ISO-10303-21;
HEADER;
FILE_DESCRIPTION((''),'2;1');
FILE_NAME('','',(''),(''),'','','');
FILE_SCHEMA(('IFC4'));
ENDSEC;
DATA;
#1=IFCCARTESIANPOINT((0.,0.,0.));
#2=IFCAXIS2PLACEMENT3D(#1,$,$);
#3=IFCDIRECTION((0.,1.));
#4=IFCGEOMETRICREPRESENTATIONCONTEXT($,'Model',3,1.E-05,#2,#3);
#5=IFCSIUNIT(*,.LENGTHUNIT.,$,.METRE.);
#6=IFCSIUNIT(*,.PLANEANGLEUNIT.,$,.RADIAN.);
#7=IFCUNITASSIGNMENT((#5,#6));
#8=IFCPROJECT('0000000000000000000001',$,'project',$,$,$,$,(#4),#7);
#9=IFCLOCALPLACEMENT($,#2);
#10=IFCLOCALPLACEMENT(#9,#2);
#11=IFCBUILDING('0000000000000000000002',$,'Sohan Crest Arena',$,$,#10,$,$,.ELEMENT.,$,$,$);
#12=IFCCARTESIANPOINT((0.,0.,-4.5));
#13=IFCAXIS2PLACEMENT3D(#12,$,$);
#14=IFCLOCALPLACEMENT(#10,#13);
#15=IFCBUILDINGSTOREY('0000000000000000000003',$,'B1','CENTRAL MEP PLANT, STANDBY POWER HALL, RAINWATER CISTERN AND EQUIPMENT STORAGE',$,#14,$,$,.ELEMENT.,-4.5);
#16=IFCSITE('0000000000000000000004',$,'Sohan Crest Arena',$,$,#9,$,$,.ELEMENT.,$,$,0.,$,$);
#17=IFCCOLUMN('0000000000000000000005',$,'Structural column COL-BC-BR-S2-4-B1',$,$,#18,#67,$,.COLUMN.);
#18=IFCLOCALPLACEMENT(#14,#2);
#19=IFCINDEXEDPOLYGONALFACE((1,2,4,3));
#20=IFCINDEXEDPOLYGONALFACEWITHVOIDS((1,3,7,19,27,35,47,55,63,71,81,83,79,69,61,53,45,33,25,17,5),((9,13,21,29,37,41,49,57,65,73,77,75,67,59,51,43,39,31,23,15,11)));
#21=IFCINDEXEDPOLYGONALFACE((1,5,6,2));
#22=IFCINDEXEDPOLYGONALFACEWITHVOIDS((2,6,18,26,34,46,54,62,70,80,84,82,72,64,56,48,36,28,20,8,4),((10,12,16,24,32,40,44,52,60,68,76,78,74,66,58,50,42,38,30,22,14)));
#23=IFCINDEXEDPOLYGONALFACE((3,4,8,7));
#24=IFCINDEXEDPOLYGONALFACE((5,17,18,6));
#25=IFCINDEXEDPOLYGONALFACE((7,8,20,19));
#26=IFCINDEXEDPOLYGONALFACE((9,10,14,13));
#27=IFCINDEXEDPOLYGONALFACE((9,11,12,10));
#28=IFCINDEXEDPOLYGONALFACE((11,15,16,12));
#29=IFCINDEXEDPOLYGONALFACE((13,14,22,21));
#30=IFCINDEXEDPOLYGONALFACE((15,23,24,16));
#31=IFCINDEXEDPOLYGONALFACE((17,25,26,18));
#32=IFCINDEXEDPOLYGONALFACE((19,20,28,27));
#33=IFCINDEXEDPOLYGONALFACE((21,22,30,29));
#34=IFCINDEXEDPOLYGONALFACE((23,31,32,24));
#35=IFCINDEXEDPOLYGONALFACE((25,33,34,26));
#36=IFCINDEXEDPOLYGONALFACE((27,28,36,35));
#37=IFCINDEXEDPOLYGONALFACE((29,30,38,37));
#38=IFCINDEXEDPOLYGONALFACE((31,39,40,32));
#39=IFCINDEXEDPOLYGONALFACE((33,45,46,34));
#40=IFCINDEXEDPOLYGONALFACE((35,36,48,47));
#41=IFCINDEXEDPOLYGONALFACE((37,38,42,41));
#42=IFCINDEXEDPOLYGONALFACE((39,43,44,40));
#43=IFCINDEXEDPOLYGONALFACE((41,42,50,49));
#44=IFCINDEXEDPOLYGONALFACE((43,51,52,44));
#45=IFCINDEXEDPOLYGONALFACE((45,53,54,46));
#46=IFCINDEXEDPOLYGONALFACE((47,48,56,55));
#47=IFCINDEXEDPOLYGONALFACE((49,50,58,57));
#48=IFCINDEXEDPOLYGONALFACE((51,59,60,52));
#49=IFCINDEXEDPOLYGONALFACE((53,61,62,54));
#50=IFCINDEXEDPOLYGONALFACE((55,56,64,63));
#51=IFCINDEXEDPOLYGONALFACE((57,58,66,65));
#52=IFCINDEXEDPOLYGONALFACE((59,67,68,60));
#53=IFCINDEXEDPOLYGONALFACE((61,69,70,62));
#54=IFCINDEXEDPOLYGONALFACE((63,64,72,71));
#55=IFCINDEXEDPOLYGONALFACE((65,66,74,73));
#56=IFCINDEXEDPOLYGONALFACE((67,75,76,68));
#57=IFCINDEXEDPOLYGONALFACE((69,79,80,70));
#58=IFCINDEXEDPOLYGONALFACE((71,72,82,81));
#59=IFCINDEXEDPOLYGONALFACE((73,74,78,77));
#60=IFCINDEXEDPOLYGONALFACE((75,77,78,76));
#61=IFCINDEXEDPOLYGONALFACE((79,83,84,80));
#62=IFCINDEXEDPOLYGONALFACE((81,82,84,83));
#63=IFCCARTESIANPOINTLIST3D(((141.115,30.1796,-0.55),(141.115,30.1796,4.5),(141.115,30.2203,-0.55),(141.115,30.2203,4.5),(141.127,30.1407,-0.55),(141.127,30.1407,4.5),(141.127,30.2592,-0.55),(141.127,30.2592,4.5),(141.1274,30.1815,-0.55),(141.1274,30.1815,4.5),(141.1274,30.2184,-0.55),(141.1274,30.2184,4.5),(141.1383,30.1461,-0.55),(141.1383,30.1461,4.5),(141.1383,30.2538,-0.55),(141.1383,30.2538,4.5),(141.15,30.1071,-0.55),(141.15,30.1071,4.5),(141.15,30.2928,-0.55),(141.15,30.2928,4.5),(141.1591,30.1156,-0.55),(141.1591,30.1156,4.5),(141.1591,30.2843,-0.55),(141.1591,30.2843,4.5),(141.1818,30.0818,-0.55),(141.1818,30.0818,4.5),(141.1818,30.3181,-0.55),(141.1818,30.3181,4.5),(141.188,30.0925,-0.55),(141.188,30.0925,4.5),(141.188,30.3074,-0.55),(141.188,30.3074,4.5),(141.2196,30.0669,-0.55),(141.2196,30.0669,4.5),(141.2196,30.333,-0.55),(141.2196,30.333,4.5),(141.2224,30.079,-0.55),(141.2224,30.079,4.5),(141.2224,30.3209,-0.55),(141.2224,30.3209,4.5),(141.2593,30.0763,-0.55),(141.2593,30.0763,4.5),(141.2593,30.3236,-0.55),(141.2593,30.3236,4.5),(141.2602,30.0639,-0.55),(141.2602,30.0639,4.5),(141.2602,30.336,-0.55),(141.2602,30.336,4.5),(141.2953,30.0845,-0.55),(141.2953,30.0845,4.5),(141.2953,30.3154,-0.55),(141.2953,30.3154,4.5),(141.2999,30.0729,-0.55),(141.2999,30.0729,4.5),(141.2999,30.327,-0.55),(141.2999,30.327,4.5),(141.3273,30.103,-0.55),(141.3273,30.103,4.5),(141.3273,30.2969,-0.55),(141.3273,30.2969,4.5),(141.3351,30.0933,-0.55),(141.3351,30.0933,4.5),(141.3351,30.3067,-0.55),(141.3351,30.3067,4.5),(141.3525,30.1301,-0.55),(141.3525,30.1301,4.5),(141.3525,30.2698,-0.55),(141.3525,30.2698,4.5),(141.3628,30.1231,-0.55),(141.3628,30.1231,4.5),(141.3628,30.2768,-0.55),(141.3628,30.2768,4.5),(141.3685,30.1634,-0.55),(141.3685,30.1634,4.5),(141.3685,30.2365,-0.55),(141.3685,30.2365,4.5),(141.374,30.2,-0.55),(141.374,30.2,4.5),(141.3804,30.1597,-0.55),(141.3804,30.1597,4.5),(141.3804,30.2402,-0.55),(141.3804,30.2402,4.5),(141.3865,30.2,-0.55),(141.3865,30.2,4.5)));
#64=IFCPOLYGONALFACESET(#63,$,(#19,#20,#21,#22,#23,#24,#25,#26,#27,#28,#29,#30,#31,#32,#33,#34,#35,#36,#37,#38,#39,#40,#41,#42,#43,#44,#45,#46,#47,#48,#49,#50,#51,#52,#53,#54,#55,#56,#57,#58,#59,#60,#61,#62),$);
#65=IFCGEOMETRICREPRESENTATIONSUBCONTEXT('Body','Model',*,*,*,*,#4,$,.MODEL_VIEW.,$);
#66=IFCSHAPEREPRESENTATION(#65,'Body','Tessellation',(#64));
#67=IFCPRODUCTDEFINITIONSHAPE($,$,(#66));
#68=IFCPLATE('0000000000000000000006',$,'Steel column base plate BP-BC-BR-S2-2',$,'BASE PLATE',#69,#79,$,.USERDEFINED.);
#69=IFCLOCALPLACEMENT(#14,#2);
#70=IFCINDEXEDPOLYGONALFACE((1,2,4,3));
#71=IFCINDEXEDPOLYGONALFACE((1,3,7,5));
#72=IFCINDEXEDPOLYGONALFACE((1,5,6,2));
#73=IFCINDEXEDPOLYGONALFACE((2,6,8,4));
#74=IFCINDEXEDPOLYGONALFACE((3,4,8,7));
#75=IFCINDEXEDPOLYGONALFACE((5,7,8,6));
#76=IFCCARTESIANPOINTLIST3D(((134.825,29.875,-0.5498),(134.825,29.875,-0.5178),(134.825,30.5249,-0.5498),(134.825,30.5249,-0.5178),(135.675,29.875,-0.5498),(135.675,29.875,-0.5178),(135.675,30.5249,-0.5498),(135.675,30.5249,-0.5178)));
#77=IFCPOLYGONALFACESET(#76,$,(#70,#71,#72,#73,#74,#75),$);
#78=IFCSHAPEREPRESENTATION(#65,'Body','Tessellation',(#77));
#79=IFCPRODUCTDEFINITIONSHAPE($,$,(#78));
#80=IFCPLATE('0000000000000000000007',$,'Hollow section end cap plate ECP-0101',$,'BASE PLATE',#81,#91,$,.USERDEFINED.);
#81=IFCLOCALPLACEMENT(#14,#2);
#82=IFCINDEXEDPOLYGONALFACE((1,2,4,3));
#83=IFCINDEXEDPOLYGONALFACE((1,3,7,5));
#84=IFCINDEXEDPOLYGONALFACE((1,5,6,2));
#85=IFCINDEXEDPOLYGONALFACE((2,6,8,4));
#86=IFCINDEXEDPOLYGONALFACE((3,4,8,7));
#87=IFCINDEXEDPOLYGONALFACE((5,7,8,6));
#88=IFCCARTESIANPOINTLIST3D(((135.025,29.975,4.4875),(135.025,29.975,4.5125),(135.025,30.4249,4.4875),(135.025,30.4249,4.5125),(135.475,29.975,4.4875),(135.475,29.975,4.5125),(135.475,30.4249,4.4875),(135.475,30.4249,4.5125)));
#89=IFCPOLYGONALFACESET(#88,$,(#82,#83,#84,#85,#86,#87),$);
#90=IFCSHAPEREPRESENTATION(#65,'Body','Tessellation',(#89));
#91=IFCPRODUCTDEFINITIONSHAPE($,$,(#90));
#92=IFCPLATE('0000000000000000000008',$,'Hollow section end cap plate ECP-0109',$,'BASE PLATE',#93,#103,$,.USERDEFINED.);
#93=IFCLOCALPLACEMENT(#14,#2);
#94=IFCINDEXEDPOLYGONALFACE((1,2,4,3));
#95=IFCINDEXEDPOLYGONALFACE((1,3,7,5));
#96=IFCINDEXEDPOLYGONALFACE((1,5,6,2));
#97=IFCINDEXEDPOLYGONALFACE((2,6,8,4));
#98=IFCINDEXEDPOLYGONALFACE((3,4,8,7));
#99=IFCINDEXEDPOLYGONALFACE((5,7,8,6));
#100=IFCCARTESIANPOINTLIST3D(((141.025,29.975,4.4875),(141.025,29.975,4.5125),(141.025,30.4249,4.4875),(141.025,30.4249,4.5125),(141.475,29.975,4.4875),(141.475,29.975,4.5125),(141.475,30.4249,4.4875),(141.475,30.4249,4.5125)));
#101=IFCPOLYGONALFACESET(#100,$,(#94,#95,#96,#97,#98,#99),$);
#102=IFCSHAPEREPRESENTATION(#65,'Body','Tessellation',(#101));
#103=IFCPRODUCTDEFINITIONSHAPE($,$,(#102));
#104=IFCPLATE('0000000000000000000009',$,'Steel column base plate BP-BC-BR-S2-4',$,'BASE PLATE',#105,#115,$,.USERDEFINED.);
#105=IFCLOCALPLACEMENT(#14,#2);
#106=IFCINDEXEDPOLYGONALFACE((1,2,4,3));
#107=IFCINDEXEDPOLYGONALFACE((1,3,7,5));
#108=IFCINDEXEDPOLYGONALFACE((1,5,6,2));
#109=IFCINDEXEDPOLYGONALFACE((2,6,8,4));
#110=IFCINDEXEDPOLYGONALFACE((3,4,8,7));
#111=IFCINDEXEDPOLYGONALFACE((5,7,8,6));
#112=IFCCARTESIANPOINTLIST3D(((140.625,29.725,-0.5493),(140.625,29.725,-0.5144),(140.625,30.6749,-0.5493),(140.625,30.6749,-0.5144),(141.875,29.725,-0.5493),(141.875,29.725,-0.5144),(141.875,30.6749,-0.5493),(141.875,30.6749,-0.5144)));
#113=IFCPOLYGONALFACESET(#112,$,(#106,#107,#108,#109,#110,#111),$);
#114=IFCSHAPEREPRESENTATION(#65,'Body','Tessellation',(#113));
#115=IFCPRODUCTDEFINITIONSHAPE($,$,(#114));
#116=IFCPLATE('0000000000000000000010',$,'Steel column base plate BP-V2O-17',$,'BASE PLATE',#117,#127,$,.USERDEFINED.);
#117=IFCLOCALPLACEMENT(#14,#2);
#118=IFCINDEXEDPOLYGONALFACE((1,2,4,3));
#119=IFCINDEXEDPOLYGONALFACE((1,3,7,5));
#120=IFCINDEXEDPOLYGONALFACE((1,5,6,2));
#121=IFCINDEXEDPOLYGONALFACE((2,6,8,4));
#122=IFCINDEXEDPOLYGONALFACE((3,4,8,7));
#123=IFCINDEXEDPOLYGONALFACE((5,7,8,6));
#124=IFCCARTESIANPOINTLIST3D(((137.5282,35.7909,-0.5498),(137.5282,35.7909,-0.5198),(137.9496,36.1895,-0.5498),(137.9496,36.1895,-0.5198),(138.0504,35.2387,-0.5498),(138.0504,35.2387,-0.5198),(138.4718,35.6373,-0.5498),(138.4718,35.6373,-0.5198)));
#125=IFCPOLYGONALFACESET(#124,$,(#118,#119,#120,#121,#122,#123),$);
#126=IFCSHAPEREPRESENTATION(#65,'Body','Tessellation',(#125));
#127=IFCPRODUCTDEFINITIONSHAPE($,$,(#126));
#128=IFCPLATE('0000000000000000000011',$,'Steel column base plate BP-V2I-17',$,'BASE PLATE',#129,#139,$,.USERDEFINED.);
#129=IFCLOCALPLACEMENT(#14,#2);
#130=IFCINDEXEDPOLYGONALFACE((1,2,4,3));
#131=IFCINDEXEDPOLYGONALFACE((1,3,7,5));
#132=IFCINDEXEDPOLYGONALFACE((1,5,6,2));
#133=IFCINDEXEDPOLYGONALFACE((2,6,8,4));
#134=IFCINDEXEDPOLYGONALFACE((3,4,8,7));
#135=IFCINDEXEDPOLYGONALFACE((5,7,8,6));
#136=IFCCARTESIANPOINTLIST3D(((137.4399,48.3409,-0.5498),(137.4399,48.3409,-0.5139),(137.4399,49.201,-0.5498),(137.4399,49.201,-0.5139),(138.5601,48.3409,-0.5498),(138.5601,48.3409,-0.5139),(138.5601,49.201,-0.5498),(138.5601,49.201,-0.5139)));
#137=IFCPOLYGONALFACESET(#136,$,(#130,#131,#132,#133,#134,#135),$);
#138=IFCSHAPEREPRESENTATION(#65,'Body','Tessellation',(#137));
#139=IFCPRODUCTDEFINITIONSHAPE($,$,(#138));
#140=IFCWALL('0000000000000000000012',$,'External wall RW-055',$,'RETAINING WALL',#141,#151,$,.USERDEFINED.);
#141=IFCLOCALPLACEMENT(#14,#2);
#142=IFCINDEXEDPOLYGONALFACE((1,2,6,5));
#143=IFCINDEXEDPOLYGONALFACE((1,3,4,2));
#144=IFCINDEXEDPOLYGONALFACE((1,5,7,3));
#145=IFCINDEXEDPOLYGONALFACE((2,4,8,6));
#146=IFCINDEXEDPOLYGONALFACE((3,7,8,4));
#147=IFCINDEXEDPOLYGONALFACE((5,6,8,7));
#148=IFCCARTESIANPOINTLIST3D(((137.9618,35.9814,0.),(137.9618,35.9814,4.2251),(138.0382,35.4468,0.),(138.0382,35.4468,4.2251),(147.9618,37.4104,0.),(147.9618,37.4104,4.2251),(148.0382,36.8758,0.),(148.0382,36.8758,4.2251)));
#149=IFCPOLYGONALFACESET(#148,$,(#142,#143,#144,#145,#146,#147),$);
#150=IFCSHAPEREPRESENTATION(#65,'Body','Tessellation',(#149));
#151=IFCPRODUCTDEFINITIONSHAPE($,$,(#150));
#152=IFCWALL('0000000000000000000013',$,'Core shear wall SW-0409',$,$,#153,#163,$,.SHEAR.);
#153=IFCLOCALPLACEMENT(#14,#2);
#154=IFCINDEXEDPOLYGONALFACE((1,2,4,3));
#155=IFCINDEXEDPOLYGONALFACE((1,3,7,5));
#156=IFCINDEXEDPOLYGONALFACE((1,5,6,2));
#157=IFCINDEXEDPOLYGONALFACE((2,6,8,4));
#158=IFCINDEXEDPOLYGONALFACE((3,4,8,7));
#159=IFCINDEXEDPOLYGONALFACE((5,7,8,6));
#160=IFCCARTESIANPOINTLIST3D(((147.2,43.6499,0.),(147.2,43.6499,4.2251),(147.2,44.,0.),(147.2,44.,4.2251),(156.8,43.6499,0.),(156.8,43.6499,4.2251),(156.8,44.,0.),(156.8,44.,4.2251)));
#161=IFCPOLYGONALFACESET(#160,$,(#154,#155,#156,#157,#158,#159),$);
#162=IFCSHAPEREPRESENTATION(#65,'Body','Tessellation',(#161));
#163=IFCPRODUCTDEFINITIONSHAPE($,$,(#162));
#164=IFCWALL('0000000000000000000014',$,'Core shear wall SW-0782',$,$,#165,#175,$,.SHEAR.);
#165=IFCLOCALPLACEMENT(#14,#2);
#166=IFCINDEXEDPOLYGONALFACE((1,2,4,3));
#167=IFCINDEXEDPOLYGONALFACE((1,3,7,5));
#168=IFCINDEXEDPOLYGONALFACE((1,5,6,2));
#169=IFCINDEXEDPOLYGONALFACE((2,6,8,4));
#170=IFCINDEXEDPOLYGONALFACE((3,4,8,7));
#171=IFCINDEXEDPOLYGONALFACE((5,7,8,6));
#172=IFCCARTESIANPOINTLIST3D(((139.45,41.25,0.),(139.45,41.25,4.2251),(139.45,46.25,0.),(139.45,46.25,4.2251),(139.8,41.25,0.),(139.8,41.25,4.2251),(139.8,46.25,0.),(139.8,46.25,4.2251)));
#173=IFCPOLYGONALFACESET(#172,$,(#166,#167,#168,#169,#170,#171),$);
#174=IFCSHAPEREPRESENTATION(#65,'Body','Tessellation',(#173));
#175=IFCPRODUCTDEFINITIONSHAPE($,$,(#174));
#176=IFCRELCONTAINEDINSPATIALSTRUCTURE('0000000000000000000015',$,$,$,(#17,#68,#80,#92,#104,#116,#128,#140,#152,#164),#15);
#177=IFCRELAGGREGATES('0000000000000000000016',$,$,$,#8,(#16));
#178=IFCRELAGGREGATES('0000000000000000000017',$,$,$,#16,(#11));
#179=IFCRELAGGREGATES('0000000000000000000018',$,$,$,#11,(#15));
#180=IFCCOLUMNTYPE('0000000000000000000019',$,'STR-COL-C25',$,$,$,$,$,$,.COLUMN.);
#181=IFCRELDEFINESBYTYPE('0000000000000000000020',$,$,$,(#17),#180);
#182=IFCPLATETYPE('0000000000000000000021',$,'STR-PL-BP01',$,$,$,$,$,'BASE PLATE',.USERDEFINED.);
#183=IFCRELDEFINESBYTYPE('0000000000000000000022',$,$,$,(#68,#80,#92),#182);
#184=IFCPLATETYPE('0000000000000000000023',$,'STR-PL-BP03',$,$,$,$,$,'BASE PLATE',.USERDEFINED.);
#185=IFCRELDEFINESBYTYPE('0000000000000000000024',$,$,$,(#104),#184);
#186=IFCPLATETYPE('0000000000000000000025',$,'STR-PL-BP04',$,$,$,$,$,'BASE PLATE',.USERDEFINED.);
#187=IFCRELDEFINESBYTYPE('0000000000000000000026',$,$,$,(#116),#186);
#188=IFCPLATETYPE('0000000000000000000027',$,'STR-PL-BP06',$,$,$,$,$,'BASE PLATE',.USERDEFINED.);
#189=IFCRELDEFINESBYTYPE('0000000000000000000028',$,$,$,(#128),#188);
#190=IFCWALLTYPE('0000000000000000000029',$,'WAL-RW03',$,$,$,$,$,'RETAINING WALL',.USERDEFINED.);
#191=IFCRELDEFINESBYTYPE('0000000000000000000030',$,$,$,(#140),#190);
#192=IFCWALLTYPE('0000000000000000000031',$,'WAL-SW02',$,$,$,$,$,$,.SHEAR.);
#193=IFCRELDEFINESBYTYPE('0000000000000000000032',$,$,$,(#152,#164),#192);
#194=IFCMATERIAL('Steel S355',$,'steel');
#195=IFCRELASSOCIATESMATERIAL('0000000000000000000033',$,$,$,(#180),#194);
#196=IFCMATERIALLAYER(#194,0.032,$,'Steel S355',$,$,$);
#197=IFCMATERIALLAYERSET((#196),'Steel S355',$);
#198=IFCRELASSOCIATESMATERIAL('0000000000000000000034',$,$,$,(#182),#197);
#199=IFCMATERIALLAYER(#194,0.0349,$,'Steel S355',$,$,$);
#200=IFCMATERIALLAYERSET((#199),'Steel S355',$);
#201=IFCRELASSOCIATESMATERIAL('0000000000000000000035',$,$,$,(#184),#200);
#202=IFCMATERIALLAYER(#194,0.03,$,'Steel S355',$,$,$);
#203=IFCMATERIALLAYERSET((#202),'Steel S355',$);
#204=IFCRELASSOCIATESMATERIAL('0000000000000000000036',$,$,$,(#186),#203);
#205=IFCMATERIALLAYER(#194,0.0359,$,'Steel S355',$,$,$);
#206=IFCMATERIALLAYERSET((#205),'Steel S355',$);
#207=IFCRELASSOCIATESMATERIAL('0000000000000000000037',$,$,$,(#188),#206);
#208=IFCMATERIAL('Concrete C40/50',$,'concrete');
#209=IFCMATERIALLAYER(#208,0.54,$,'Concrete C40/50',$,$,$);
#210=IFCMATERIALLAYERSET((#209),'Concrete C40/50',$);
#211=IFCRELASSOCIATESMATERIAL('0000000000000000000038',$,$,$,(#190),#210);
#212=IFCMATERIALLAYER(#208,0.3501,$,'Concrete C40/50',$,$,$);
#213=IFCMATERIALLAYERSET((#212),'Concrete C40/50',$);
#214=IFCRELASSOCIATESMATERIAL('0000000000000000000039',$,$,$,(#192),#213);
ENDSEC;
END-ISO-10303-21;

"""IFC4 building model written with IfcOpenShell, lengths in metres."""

from ifc_helpers import new_model, si_unit, direction, frame, frame_2d, origin, origin_2d, place, context, subcontext, project, spatial, rectangle, hollow_circle, extrude, material, layer, layer_set, material_profile, profile_set, type_object, element, save


model = new_model("IFC4")

# Units and contexts
model_context = context("Model", 3, precision=1e-05, world=origin(), true_north=direction((0.0, 1.0)))
body_context = subcontext(model_context, "Body", "Model", "MODEL_VIEW")
ifc_project = project(units=[si_unit("LENGTHUNIT", "METRE"), si_unit("PLANEANGLEUNIT", "RADIAN")], contexts=[model_context])

# Site, building, storey
site_placement = place(None, origin())
site = spatial("IfcSite", under=ifc_project, at=site_placement, Name="Sohan Crest Arena", CompositionType="ELEMENT", RefElevation=0.0)
building_placement = place(site_placement, origin())
building = spatial("IfcBuilding", under=site, at=building_placement, Name="Sohan Crest Arena", CompositionType="ELEMENT")
storey_placement = place(building_placement, frame((0.0, 0.0, -4.5)))
storey = spatial("IfcBuildingStorey", under=building, at=storey_placement, Name="B1", Description="CENTRAL MEP PLANT, STANDBY POWER HALL, RAINWATER CISTERN AND EQUIPMENT STORAGE", CompositionType="ELEMENT", Elevation=-4.5)

# Shared definitions
ifc_material_1 = material(Name="Concrete C40/50", Category="concrete")

# Column
ifc_material_2 = material(Name="Steel S355", Category="steel")
ifc_material_profile_1 = material_profile(ifc_material_2, hollow_circle(Radius=0.1365, WallThickness=0.0125, at=origin_2d()), Name="CHS 273x12.5")
ifc_profile_set_1 = profile_set([ifc_material_profile_1], Name="Steel S355")
column_type_1 = type_object("IfcColumnType", Name="STR-COL-C25", PredefinedType="COLUMN", material=ifc_profile_set_1)
column_1_placement = place(storey_placement, frame((141.25, 30.2, -0.55), z_axis=(0.0, 0.0, 1.0), x_axis=(1.0, 0.0, 0.0)))
element("IfcColumn", 1, at=column_1_placement, inside=storey, type_object=column_type_1, Name="Structural column COL-BC-BR-S2-4-B1", PredefinedType="COLUMN", context=body_context, shape_type="SweptSolid", body=[
    extrude(hollow_circle(Radius=0.1365, WallThickness=0.0125, at=origin_2d()), origin(), (0.0, 0.0, 1.0), 5.05),
])

# Plates
ifc_layer_1 = layer(ifc_material_2, 0.032, Name="Steel S355")
ifc_layer_set_1 = layer_set([ifc_layer_1], Name="Steel S355")
plate_type_1 = type_object("IfcPlateType", Name="STR-PL-BP01", ElementType="BASE PLATE", PredefinedType="USERDEFINED", material=ifc_layer_set_1)
plate_1_placement = place(storey_placement, frame((135.25, 30.2, -0.5498), z_axis=(0.0, 0.0, 1.0), x_axis=(1.0, 0.0, 0.0)))
element("IfcPlate", 2, at=plate_1_placement, inside=storey, type_object=plate_type_1, Name="Steel column base plate BP-BC-BR-S2-2", ObjectType="BASE PLATE", PredefinedType="USERDEFINED", context=body_context, shape_type="SweptSolid", body=[
    extrude(rectangle(XDim=0.8501, YDim=0.6499, at=origin_2d()), origin(), (0.0, 0.0, 1.0), 0.032),
])
for number, where, z_axis, x_axis, name in (
    (3, (135.25, 30.2, 4.4875), (0.0, 0.0, 1.0), (1.0, 0.0, 0.0), "Hollow section end cap plate ECP-0101"),
    (4, (141.25, 30.2, 4.4875), (0.0, 0.0, 1.0), (1.0, 0.0, 0.0), "Hollow section end cap plate ECP-0109"),
):
    element("IfcPlate", number, at=place(storey_placement, frame(where, z_axis=z_axis, x_axis=x_axis)), inside=storey, type_object=plate_type_1, Name=name, ObjectType="BASE PLATE", PredefinedType="USERDEFINED", context=body_context, shape_type="SweptSolid", body=[
        extrude(rectangle(XDim=0.45, YDim=0.45, at=origin_2d()), origin(), (0.0, 0.0, 1.0), 0.0249),
    ])
ifc_layer_2 = layer(ifc_material_2, 0.0349, Name="Steel S355")
ifc_layer_set_2 = layer_set([ifc_layer_2], Name="Steel S355")
plate_type_2 = type_object("IfcPlateType", Name="STR-PL-BP03", ElementType="BASE PLATE", PredefinedType="USERDEFINED", material=ifc_layer_set_2)
plate_2_placement = place(storey_placement, frame((141.25, 30.2, -0.5493), z_axis=(0.0, 0.0, 1.0), x_axis=(1.0, 0.0, 0.0)))
element("IfcPlate", 5, at=plate_2_placement, inside=storey, type_object=plate_type_2, Name="Steel column base plate BP-BC-BR-S2-4", ObjectType="BASE PLATE", PredefinedType="USERDEFINED", context=body_context, shape_type="SweptSolid", body=[
    extrude(rectangle(XDim=1.25, YDim=0.95, at=origin_2d()), origin(), (0.0, 0.0, 1.0), 0.0349),
])
ifc_layer_3 = layer(ifc_material_2, 0.03, Name="Steel S355")
ifc_layer_set_3 = layer_set([ifc_layer_3], Name="Steel S355")
plate_type_3 = type_object("IfcPlateType", Name="STR-PL-BP04", ElementType="BASE PLATE", PredefinedType="USERDEFINED", material=ifc_layer_set_3)
plate_3_placement = place(storey_placement, frame((138.0, 35.7141, -0.5498), z_axis=(0.0, 0.0, 1.0), x_axis=(-0.687088, 0.726575, 0.0)))
element("IfcPlate", 6, at=plate_3_placement, inside=storey, type_object=plate_type_3, Name="Steel column base plate BP-V2O-17", ObjectType="BASE PLATE", PredefinedType="USERDEFINED", context=body_context, shape_type="SweptSolid", body=[
    extrude(rectangle(XDim=0.76, YDim=0.5801, at=origin_2d()), origin(), (0.0, 0.0, 1.0), 0.03),
])
ifc_layer_4 = layer(ifc_material_2, 0.0359, Name="Steel S355")
ifc_layer_set_4 = layer_set([ifc_layer_4], Name="Steel S355")
plate_type_4 = type_object("IfcPlateType", Name="STR-PL-BP06", ElementType="BASE PLATE", PredefinedType="USERDEFINED", material=ifc_layer_set_4)
plate_4_placement = place(storey_placement, frame((138.0, 48.771, -0.5498), z_axis=(0.0, 0.0, 1.0), x_axis=(1.0, 0.0, 0.0)))
element("IfcPlate", 7, at=plate_4_placement, inside=storey, type_object=plate_type_4, Name="Steel column base plate BP-V2I-17", ObjectType="BASE PLATE", PredefinedType="USERDEFINED", context=body_context, shape_type="SweptSolid", body=[
    extrude(rectangle(XDim=1.1201, YDim=0.8601, at=origin_2d()), origin(), (0.0, 0.0, 1.0), 0.0359),
])

# Walls
ifc_layer_5 = layer(ifc_material_1, 0.54, Name="Concrete C40/50")
ifc_layer_set_5 = layer_set([ifc_layer_5], Name="Concrete C40/50")
wall_type_1 = type_object("IfcWallType", Name="WAL-RW03", ElementType="RETAINING WALL", PredefinedType="USERDEFINED", material=ifc_layer_set_5)
wall_1_placement = place(storey_placement, frame((138.0, 35.7141, 0.0), z_axis=(0.0, 0.0, 1.0), x_axis=(0.989944, 0.141459, 0.0)))
element("IfcWall", 8, at=wall_1_placement, inside=storey, type_object=wall_type_1, Name="External wall RW-055", ObjectType="RETAINING WALL", PredefinedType="USERDEFINED", context=body_context, shape_type="SweptSolid", body=[
    extrude(rectangle(XDim=10.1016, YDim=0.54, at=frame_2d((5.0508, 0.0))), origin(), (0.0, 0.0, 1.0), 4.2251),
])
ifc_layer_6 = layer(ifc_material_1, 0.3501, Name="Concrete C40/50")
ifc_layer_set_6 = layer_set([ifc_layer_6], Name="Concrete C40/50")
wall_type_2 = type_object("IfcWallType", Name="WAL-SW02", PredefinedType="SHEAR", material=ifc_layer_set_6)
wall_2_placement = place(storey_placement, frame((147.2, 43.825, 0.0), z_axis=(0.0, 0.0, 1.0), x_axis=(1.0, 0.0, 0.0)))
element("IfcWall", 9, at=wall_2_placement, inside=storey, type_object=wall_type_2, Name="Core shear wall SW-0409", PredefinedType="SHEAR", context=body_context, shape_type="SweptSolid", body=[
    extrude(rectangle(XDim=9.6001, YDim=0.3501, at=frame_2d((4.8, 0.0))), origin(), (0.0, 0.0, 1.0), 4.2251),
])
wall_3_placement = place(storey_placement, frame((139.625, 41.25, 0.0), z_axis=(0.0, 0.0, 1.0), x_axis=(0.0, 1.0, 0.0)))
element("IfcWall", 10, at=wall_3_placement, inside=storey, type_object=wall_type_2, Name="Core shear wall SW-0782", PredefinedType="SHEAR", context=body_context, shape_type="SweptSolid", body=[
    extrude(rectangle(XDim=5.0, YDim=0.3501, at=frame_2d((2.5, 0.0))), origin(), (0.0, 0.0, 1.0), 4.2251),
])

save(model, "model.ifc")
